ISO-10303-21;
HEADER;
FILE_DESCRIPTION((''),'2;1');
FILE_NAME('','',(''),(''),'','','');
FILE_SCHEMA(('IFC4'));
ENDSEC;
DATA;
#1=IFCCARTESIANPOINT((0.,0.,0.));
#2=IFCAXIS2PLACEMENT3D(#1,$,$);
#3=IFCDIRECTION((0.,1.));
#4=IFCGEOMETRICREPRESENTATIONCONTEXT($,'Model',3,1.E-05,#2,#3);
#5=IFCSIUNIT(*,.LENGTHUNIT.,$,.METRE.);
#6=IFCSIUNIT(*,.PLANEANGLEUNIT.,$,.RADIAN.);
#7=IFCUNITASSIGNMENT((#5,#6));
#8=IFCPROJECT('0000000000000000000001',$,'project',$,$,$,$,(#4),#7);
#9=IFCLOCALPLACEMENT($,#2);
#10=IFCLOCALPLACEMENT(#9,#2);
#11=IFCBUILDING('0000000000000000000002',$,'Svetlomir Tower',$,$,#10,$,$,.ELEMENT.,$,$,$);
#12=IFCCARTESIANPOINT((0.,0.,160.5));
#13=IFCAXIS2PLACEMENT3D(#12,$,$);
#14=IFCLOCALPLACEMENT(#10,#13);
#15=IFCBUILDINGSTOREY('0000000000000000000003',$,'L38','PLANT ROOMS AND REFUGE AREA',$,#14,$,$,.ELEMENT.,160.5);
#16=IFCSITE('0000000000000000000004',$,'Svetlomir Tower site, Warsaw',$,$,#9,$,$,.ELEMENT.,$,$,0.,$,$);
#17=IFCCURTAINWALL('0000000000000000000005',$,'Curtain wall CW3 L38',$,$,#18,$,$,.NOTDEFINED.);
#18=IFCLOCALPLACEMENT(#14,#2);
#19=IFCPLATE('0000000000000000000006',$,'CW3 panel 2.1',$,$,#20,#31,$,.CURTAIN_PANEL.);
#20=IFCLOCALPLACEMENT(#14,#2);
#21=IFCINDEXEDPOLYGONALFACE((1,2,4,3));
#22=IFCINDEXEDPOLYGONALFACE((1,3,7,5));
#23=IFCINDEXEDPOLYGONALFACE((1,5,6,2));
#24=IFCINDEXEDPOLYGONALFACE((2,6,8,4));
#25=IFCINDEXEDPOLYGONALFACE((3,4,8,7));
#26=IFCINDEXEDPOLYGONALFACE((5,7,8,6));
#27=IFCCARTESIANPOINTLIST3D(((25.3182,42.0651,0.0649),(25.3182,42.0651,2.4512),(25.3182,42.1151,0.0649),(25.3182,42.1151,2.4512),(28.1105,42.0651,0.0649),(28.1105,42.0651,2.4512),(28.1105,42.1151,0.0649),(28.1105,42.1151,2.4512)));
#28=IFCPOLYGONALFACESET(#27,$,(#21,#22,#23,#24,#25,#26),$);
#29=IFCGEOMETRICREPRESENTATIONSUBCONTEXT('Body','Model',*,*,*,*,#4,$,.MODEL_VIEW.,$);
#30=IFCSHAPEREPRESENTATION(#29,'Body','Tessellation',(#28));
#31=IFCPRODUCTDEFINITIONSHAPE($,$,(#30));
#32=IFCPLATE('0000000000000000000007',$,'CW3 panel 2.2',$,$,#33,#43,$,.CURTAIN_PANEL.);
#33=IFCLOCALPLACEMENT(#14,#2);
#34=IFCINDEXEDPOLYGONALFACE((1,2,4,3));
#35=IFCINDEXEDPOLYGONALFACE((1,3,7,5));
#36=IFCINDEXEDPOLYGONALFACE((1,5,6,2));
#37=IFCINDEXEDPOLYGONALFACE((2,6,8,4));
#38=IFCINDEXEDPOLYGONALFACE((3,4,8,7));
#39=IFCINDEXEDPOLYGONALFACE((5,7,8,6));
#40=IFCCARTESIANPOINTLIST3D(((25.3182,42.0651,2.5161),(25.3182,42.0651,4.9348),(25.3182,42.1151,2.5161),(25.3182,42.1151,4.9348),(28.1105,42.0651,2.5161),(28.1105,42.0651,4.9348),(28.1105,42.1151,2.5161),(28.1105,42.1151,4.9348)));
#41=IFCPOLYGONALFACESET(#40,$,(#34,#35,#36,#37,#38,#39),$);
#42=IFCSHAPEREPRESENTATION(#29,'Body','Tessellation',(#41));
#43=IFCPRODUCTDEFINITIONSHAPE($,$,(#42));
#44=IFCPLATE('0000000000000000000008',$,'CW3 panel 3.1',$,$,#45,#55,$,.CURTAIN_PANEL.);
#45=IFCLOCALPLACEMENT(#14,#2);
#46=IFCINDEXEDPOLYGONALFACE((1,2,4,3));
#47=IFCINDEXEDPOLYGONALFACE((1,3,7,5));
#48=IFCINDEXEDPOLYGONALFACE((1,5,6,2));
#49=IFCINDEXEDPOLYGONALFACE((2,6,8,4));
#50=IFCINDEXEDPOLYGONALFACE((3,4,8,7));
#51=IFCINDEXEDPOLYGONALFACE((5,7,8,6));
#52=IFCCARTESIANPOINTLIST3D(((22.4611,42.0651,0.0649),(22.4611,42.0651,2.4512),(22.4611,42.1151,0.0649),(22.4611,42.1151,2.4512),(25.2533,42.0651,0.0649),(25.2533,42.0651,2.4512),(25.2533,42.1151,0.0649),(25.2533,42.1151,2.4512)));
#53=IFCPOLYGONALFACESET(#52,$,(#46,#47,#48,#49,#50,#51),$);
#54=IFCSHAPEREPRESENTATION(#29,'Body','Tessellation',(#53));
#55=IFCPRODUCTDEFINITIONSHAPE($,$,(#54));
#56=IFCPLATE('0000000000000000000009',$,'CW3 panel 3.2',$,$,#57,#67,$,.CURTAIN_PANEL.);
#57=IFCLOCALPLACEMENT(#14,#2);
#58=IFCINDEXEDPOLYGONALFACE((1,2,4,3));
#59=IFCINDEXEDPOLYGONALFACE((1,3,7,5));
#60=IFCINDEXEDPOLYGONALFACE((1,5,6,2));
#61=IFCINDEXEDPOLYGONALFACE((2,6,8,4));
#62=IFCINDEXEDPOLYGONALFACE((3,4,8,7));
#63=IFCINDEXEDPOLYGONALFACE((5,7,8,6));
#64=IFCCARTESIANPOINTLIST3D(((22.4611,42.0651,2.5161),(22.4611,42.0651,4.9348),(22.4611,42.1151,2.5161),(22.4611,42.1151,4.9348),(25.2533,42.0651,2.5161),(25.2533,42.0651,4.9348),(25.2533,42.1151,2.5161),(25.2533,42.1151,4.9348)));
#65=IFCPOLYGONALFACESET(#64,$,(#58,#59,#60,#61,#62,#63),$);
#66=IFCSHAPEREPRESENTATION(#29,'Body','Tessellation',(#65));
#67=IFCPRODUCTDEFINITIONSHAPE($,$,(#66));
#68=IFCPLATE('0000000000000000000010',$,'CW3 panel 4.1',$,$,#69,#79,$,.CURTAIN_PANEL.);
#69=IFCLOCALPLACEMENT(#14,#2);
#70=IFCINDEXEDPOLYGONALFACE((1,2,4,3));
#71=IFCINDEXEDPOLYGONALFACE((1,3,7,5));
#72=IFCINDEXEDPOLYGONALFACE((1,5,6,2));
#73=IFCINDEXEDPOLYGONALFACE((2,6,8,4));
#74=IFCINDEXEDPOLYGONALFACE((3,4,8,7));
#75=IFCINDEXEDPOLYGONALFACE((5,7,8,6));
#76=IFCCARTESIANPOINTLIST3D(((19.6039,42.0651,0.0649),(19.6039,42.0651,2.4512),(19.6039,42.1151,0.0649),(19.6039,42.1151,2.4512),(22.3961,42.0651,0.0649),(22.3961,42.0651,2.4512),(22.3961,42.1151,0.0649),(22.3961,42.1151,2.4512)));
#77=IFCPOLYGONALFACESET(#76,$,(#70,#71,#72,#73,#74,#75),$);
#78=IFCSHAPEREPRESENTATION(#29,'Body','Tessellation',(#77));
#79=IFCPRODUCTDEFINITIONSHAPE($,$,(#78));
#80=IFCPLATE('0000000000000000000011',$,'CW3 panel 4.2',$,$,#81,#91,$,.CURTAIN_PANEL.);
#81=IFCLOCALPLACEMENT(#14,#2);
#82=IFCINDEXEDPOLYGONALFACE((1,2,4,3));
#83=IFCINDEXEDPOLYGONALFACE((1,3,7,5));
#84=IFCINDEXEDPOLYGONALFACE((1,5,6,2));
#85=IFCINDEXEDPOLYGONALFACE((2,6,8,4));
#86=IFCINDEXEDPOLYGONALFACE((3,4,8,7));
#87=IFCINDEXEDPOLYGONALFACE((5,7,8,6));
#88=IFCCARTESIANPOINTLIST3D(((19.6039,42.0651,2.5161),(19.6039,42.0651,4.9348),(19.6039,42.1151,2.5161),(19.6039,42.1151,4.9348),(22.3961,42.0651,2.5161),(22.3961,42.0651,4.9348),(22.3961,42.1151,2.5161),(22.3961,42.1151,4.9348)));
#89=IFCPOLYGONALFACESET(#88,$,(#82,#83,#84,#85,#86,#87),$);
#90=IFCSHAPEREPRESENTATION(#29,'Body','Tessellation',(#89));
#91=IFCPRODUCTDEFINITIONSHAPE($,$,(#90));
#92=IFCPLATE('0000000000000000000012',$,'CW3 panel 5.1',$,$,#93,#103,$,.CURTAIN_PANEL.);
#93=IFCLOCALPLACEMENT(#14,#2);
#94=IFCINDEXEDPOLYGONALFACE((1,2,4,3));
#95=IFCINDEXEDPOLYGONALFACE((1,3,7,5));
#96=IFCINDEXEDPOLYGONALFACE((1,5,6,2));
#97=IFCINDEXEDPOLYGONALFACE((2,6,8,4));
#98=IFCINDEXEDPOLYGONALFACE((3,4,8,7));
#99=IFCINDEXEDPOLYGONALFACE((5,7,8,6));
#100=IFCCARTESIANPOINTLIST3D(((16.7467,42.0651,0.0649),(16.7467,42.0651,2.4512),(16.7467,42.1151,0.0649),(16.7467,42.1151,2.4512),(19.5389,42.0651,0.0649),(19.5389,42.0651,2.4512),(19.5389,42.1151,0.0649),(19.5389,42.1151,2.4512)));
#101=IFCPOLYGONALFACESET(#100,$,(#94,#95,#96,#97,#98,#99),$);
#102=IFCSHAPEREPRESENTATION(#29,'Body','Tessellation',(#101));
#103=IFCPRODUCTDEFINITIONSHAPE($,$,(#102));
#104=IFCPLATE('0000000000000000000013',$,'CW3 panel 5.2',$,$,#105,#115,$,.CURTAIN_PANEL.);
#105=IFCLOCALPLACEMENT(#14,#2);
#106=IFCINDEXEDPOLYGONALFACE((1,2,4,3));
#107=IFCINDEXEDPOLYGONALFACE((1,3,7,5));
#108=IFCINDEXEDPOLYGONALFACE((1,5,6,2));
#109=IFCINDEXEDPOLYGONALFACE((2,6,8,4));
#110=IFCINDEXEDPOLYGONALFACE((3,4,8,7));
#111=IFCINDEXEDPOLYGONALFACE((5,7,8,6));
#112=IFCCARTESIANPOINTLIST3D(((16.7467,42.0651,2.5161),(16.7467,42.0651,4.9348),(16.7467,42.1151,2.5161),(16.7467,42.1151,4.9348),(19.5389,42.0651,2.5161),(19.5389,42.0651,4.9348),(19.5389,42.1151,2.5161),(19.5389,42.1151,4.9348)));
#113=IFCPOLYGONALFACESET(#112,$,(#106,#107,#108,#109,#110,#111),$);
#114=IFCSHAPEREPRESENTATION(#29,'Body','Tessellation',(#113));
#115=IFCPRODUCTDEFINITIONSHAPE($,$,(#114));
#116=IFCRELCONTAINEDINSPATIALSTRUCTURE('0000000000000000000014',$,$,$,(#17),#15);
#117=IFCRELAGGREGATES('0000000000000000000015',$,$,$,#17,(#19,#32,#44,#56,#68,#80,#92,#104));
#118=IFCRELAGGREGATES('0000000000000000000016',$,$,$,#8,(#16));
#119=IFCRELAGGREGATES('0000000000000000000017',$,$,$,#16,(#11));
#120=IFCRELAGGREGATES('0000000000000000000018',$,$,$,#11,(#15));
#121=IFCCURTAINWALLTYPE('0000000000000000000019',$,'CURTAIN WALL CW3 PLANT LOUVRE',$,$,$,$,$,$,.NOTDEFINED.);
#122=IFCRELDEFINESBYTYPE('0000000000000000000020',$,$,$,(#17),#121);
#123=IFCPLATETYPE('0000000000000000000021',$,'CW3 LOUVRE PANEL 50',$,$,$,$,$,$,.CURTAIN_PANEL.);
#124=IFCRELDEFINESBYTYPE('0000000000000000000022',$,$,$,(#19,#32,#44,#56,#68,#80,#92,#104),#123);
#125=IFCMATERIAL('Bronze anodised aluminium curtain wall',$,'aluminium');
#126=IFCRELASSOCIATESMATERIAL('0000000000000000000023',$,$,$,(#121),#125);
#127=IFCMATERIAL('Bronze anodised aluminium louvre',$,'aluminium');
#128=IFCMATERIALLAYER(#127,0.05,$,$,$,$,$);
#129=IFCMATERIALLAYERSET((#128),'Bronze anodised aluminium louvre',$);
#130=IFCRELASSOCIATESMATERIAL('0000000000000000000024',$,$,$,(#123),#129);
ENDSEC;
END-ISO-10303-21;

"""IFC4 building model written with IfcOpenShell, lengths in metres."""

from ifc_helpers import new_model, si_unit, direction, frame, origin, origin_2d, place, context, subcontext, project, spatial, rectangle, extrude, material, layer, layer_set, type_object, element, aggregate, save


model = new_model("IFC4")

# Units and contexts
model_context = context("Model", 3, precision=1e-05, world=origin(), true_north=direction((0.0, 1.0)))
body_context = subcontext(model_context, "Body", "Model", "MODEL_VIEW")
ifc_project = project(units=[si_unit("LENGTHUNIT", "METRE"), si_unit("PLANEANGLEUNIT", "RADIAN")], contexts=[model_context])

# Site, building, storey
site_placement = place(None, origin())
site = spatial("IfcSite", under=ifc_project, at=site_placement, Name="Svetlomir Tower site, Warsaw", CompositionType="ELEMENT", RefElevation=0.0)
building_placement = place(site_placement, origin())
building = spatial("IfcBuilding", under=site, at=building_placement, Name="Svetlomir Tower", CompositionType="ELEMENT")
storey_placement = place(building_placement, frame((0.0, 0.0, 160.5)))
storey = spatial("IfcBuildingStorey", under=building, at=storey_placement, Name="L38", Description="PLANT ROOMS AND REFUGE AREA", CompositionType="ELEMENT", Elevation=160.5)

# Curtain wall, plates
ifc_material_1 = material(Name="Bronze anodised aluminium curtain wall", Category="aluminium")
curtain_wall_type = type_object("IfcCurtainWallType", Name="CURTAIN WALL CW3 PLANT LOUVRE", PredefinedType="NOTDEFINED", material=ifc_material_1)
curtain_wall_placement = place(storey_placement, origin())
curtain_wall = element("IfcCurtainWall", 1, at=curtain_wall_placement, inside=storey, type_object=curtain_wall_type, Name="Curtain wall CW3 L38", PredefinedType="NOTDEFINED")
ifc_material_2 = material(Name="Bronze anodised aluminium louvre", Category="aluminium")
ifc_layer = layer(ifc_material_2, 0.05)
ifc_layer_set = layer_set([ifc_layer], Name="Bronze anodised aluminium louvre")
plate_type = type_object("IfcPlateType", Name="CW3 LOUVRE PANEL 50", PredefinedType="CURTAIN_PANEL", material=ifc_layer_set)
plate_1_placement = place(storey_placement, frame((26.7144, 42.0901, 0.0649), z_axis=(0.0, 0.0, 1.0), x_axis=(-1.0, 0.0, 0.0)))
plate_1 = element("IfcPlate", 2, at=plate_1_placement, type_object=plate_type, Name="CW3 panel 2.1", PredefinedType="CURTAIN_PANEL", context=body_context, shape_type="SweptSolid", body=[
    extrude(rectangle(XDim=2.7922, YDim=0.05, at=origin_2d()), origin(), (0.0, 0.0, 1.0), 2.3862),
])
plate_2_placement = place(storey_placement, frame((26.7144, 42.0901, 2.5161), z_axis=(0.0, 0.0, 1.0), x_axis=(-1.0, 0.0, 0.0)))
plate_2 = element("IfcPlate", 3, at=plate_2_placement, type_object=plate_type, Name="CW3 panel 2.2", PredefinedType="CURTAIN_PANEL", context=body_context, shape_type="SweptSolid", body=[
    extrude(rectangle(XDim=2.7922, YDim=0.05, at=origin_2d()), origin(), (0.0, 0.0, 1.0), 2.4187),
])
plate_3_placement = place(storey_placement, frame((23.8572, 42.0901, 0.0649), z_axis=(0.0, 0.0, 1.0), x_axis=(-1.0, 0.0, 0.0)))
plate_3 = element("IfcPlate", 4, at=plate_3_placement, type_object=plate_type, Name="CW3 panel 3.1", PredefinedType="CURTAIN_PANEL", context=body_context, shape_type="SweptSolid", body=[
    extrude(rectangle(XDim=2.7922, YDim=0.05, at=origin_2d()), origin(), (0.0, 0.0, 1.0), 2.3862),
])
plate_4_placement = place(storey_placement, frame((23.8572, 42.0901, 2.5161), z_axis=(0.0, 0.0, 1.0), x_axis=(-1.0, 0.0, 0.0)))
plate_4 = element("IfcPlate", 5, at=plate_4_placement, type_object=plate_type, Name="CW3 panel 3.2", PredefinedType="CURTAIN_PANEL", context=body_context, shape_type="SweptSolid", body=[
    extrude(rectangle(XDim=2.7922, YDim=0.05, at=origin_2d()), origin(), (0.0, 0.0, 1.0), 2.4187),
])
plate_5_placement = place(storey_placement, frame((21.0, 42.0901, 0.0649), z_axis=(0.0, 0.0, 1.0), x_axis=(-1.0, 0.0, 0.0)))
plate_5 = element("IfcPlate", 6, at=plate_5_placement, type_object=plate_type, Name="CW3 panel 4.1", PredefinedType="CURTAIN_PANEL", context=body_context, shape_type="SweptSolid", body=[
    extrude(rectangle(XDim=2.7922, YDim=0.05, at=origin_2d()), origin(), (0.0, 0.0, 1.0), 2.3862),
])
plate_6_placement = place(storey_placement, frame((21.0, 42.0901, 2.5161), z_axis=(0.0, 0.0, 1.0), x_axis=(-1.0, 0.0, 0.0)))
plate_6 = element("IfcPlate", 7, at=plate_6_placement, type_object=plate_type, Name="CW3 panel 4.2", PredefinedType="CURTAIN_PANEL", context=body_context, shape_type="SweptSolid", body=[
    extrude(rectangle(XDim=2.7922, YDim=0.05, at=origin_2d()), origin(), (0.0, 0.0, 1.0), 2.4187),
])
plate_7_placement = place(storey_placement, frame((18.1428, 42.0901, 0.0649), z_axis=(0.0, 0.0, 1.0), x_axis=(-1.0, 0.0, 0.0)))
plate_7 = element("IfcPlate", 8, at=plate_7_placement, type_object=plate_type, Name="CW3 panel 5.1", PredefinedType="CURTAIN_PANEL", context=body_context, shape_type="SweptSolid", body=[
    extrude(rectangle(XDim=2.7922, YDim=0.05, at=origin_2d()), origin(), (0.0, 0.0, 1.0), 2.3862),
])
plate_8_placement = place(storey_placement, frame((18.1428, 42.0901, 2.5161), z_axis=(0.0, 0.0, 1.0), x_axis=(-1.0, 0.0, 0.0)))
plate_8 = element("IfcPlate", 9, at=plate_8_placement, type_object=plate_type, Name="CW3 panel 5.2", PredefinedType="CURTAIN_PANEL", context=body_context, shape_type="SweptSolid", body=[
    extrude(rectangle(XDim=2.7922, YDim=0.05, at=origin_2d()), origin(), (0.0, 0.0, 1.0), 2.4187),
])
aggregate(curtain_wall, [plate_1, plate_2, plate_3, plate_4, plate_5, plate_6, plate_7, plate_8])

save(model, "model.ifc")
